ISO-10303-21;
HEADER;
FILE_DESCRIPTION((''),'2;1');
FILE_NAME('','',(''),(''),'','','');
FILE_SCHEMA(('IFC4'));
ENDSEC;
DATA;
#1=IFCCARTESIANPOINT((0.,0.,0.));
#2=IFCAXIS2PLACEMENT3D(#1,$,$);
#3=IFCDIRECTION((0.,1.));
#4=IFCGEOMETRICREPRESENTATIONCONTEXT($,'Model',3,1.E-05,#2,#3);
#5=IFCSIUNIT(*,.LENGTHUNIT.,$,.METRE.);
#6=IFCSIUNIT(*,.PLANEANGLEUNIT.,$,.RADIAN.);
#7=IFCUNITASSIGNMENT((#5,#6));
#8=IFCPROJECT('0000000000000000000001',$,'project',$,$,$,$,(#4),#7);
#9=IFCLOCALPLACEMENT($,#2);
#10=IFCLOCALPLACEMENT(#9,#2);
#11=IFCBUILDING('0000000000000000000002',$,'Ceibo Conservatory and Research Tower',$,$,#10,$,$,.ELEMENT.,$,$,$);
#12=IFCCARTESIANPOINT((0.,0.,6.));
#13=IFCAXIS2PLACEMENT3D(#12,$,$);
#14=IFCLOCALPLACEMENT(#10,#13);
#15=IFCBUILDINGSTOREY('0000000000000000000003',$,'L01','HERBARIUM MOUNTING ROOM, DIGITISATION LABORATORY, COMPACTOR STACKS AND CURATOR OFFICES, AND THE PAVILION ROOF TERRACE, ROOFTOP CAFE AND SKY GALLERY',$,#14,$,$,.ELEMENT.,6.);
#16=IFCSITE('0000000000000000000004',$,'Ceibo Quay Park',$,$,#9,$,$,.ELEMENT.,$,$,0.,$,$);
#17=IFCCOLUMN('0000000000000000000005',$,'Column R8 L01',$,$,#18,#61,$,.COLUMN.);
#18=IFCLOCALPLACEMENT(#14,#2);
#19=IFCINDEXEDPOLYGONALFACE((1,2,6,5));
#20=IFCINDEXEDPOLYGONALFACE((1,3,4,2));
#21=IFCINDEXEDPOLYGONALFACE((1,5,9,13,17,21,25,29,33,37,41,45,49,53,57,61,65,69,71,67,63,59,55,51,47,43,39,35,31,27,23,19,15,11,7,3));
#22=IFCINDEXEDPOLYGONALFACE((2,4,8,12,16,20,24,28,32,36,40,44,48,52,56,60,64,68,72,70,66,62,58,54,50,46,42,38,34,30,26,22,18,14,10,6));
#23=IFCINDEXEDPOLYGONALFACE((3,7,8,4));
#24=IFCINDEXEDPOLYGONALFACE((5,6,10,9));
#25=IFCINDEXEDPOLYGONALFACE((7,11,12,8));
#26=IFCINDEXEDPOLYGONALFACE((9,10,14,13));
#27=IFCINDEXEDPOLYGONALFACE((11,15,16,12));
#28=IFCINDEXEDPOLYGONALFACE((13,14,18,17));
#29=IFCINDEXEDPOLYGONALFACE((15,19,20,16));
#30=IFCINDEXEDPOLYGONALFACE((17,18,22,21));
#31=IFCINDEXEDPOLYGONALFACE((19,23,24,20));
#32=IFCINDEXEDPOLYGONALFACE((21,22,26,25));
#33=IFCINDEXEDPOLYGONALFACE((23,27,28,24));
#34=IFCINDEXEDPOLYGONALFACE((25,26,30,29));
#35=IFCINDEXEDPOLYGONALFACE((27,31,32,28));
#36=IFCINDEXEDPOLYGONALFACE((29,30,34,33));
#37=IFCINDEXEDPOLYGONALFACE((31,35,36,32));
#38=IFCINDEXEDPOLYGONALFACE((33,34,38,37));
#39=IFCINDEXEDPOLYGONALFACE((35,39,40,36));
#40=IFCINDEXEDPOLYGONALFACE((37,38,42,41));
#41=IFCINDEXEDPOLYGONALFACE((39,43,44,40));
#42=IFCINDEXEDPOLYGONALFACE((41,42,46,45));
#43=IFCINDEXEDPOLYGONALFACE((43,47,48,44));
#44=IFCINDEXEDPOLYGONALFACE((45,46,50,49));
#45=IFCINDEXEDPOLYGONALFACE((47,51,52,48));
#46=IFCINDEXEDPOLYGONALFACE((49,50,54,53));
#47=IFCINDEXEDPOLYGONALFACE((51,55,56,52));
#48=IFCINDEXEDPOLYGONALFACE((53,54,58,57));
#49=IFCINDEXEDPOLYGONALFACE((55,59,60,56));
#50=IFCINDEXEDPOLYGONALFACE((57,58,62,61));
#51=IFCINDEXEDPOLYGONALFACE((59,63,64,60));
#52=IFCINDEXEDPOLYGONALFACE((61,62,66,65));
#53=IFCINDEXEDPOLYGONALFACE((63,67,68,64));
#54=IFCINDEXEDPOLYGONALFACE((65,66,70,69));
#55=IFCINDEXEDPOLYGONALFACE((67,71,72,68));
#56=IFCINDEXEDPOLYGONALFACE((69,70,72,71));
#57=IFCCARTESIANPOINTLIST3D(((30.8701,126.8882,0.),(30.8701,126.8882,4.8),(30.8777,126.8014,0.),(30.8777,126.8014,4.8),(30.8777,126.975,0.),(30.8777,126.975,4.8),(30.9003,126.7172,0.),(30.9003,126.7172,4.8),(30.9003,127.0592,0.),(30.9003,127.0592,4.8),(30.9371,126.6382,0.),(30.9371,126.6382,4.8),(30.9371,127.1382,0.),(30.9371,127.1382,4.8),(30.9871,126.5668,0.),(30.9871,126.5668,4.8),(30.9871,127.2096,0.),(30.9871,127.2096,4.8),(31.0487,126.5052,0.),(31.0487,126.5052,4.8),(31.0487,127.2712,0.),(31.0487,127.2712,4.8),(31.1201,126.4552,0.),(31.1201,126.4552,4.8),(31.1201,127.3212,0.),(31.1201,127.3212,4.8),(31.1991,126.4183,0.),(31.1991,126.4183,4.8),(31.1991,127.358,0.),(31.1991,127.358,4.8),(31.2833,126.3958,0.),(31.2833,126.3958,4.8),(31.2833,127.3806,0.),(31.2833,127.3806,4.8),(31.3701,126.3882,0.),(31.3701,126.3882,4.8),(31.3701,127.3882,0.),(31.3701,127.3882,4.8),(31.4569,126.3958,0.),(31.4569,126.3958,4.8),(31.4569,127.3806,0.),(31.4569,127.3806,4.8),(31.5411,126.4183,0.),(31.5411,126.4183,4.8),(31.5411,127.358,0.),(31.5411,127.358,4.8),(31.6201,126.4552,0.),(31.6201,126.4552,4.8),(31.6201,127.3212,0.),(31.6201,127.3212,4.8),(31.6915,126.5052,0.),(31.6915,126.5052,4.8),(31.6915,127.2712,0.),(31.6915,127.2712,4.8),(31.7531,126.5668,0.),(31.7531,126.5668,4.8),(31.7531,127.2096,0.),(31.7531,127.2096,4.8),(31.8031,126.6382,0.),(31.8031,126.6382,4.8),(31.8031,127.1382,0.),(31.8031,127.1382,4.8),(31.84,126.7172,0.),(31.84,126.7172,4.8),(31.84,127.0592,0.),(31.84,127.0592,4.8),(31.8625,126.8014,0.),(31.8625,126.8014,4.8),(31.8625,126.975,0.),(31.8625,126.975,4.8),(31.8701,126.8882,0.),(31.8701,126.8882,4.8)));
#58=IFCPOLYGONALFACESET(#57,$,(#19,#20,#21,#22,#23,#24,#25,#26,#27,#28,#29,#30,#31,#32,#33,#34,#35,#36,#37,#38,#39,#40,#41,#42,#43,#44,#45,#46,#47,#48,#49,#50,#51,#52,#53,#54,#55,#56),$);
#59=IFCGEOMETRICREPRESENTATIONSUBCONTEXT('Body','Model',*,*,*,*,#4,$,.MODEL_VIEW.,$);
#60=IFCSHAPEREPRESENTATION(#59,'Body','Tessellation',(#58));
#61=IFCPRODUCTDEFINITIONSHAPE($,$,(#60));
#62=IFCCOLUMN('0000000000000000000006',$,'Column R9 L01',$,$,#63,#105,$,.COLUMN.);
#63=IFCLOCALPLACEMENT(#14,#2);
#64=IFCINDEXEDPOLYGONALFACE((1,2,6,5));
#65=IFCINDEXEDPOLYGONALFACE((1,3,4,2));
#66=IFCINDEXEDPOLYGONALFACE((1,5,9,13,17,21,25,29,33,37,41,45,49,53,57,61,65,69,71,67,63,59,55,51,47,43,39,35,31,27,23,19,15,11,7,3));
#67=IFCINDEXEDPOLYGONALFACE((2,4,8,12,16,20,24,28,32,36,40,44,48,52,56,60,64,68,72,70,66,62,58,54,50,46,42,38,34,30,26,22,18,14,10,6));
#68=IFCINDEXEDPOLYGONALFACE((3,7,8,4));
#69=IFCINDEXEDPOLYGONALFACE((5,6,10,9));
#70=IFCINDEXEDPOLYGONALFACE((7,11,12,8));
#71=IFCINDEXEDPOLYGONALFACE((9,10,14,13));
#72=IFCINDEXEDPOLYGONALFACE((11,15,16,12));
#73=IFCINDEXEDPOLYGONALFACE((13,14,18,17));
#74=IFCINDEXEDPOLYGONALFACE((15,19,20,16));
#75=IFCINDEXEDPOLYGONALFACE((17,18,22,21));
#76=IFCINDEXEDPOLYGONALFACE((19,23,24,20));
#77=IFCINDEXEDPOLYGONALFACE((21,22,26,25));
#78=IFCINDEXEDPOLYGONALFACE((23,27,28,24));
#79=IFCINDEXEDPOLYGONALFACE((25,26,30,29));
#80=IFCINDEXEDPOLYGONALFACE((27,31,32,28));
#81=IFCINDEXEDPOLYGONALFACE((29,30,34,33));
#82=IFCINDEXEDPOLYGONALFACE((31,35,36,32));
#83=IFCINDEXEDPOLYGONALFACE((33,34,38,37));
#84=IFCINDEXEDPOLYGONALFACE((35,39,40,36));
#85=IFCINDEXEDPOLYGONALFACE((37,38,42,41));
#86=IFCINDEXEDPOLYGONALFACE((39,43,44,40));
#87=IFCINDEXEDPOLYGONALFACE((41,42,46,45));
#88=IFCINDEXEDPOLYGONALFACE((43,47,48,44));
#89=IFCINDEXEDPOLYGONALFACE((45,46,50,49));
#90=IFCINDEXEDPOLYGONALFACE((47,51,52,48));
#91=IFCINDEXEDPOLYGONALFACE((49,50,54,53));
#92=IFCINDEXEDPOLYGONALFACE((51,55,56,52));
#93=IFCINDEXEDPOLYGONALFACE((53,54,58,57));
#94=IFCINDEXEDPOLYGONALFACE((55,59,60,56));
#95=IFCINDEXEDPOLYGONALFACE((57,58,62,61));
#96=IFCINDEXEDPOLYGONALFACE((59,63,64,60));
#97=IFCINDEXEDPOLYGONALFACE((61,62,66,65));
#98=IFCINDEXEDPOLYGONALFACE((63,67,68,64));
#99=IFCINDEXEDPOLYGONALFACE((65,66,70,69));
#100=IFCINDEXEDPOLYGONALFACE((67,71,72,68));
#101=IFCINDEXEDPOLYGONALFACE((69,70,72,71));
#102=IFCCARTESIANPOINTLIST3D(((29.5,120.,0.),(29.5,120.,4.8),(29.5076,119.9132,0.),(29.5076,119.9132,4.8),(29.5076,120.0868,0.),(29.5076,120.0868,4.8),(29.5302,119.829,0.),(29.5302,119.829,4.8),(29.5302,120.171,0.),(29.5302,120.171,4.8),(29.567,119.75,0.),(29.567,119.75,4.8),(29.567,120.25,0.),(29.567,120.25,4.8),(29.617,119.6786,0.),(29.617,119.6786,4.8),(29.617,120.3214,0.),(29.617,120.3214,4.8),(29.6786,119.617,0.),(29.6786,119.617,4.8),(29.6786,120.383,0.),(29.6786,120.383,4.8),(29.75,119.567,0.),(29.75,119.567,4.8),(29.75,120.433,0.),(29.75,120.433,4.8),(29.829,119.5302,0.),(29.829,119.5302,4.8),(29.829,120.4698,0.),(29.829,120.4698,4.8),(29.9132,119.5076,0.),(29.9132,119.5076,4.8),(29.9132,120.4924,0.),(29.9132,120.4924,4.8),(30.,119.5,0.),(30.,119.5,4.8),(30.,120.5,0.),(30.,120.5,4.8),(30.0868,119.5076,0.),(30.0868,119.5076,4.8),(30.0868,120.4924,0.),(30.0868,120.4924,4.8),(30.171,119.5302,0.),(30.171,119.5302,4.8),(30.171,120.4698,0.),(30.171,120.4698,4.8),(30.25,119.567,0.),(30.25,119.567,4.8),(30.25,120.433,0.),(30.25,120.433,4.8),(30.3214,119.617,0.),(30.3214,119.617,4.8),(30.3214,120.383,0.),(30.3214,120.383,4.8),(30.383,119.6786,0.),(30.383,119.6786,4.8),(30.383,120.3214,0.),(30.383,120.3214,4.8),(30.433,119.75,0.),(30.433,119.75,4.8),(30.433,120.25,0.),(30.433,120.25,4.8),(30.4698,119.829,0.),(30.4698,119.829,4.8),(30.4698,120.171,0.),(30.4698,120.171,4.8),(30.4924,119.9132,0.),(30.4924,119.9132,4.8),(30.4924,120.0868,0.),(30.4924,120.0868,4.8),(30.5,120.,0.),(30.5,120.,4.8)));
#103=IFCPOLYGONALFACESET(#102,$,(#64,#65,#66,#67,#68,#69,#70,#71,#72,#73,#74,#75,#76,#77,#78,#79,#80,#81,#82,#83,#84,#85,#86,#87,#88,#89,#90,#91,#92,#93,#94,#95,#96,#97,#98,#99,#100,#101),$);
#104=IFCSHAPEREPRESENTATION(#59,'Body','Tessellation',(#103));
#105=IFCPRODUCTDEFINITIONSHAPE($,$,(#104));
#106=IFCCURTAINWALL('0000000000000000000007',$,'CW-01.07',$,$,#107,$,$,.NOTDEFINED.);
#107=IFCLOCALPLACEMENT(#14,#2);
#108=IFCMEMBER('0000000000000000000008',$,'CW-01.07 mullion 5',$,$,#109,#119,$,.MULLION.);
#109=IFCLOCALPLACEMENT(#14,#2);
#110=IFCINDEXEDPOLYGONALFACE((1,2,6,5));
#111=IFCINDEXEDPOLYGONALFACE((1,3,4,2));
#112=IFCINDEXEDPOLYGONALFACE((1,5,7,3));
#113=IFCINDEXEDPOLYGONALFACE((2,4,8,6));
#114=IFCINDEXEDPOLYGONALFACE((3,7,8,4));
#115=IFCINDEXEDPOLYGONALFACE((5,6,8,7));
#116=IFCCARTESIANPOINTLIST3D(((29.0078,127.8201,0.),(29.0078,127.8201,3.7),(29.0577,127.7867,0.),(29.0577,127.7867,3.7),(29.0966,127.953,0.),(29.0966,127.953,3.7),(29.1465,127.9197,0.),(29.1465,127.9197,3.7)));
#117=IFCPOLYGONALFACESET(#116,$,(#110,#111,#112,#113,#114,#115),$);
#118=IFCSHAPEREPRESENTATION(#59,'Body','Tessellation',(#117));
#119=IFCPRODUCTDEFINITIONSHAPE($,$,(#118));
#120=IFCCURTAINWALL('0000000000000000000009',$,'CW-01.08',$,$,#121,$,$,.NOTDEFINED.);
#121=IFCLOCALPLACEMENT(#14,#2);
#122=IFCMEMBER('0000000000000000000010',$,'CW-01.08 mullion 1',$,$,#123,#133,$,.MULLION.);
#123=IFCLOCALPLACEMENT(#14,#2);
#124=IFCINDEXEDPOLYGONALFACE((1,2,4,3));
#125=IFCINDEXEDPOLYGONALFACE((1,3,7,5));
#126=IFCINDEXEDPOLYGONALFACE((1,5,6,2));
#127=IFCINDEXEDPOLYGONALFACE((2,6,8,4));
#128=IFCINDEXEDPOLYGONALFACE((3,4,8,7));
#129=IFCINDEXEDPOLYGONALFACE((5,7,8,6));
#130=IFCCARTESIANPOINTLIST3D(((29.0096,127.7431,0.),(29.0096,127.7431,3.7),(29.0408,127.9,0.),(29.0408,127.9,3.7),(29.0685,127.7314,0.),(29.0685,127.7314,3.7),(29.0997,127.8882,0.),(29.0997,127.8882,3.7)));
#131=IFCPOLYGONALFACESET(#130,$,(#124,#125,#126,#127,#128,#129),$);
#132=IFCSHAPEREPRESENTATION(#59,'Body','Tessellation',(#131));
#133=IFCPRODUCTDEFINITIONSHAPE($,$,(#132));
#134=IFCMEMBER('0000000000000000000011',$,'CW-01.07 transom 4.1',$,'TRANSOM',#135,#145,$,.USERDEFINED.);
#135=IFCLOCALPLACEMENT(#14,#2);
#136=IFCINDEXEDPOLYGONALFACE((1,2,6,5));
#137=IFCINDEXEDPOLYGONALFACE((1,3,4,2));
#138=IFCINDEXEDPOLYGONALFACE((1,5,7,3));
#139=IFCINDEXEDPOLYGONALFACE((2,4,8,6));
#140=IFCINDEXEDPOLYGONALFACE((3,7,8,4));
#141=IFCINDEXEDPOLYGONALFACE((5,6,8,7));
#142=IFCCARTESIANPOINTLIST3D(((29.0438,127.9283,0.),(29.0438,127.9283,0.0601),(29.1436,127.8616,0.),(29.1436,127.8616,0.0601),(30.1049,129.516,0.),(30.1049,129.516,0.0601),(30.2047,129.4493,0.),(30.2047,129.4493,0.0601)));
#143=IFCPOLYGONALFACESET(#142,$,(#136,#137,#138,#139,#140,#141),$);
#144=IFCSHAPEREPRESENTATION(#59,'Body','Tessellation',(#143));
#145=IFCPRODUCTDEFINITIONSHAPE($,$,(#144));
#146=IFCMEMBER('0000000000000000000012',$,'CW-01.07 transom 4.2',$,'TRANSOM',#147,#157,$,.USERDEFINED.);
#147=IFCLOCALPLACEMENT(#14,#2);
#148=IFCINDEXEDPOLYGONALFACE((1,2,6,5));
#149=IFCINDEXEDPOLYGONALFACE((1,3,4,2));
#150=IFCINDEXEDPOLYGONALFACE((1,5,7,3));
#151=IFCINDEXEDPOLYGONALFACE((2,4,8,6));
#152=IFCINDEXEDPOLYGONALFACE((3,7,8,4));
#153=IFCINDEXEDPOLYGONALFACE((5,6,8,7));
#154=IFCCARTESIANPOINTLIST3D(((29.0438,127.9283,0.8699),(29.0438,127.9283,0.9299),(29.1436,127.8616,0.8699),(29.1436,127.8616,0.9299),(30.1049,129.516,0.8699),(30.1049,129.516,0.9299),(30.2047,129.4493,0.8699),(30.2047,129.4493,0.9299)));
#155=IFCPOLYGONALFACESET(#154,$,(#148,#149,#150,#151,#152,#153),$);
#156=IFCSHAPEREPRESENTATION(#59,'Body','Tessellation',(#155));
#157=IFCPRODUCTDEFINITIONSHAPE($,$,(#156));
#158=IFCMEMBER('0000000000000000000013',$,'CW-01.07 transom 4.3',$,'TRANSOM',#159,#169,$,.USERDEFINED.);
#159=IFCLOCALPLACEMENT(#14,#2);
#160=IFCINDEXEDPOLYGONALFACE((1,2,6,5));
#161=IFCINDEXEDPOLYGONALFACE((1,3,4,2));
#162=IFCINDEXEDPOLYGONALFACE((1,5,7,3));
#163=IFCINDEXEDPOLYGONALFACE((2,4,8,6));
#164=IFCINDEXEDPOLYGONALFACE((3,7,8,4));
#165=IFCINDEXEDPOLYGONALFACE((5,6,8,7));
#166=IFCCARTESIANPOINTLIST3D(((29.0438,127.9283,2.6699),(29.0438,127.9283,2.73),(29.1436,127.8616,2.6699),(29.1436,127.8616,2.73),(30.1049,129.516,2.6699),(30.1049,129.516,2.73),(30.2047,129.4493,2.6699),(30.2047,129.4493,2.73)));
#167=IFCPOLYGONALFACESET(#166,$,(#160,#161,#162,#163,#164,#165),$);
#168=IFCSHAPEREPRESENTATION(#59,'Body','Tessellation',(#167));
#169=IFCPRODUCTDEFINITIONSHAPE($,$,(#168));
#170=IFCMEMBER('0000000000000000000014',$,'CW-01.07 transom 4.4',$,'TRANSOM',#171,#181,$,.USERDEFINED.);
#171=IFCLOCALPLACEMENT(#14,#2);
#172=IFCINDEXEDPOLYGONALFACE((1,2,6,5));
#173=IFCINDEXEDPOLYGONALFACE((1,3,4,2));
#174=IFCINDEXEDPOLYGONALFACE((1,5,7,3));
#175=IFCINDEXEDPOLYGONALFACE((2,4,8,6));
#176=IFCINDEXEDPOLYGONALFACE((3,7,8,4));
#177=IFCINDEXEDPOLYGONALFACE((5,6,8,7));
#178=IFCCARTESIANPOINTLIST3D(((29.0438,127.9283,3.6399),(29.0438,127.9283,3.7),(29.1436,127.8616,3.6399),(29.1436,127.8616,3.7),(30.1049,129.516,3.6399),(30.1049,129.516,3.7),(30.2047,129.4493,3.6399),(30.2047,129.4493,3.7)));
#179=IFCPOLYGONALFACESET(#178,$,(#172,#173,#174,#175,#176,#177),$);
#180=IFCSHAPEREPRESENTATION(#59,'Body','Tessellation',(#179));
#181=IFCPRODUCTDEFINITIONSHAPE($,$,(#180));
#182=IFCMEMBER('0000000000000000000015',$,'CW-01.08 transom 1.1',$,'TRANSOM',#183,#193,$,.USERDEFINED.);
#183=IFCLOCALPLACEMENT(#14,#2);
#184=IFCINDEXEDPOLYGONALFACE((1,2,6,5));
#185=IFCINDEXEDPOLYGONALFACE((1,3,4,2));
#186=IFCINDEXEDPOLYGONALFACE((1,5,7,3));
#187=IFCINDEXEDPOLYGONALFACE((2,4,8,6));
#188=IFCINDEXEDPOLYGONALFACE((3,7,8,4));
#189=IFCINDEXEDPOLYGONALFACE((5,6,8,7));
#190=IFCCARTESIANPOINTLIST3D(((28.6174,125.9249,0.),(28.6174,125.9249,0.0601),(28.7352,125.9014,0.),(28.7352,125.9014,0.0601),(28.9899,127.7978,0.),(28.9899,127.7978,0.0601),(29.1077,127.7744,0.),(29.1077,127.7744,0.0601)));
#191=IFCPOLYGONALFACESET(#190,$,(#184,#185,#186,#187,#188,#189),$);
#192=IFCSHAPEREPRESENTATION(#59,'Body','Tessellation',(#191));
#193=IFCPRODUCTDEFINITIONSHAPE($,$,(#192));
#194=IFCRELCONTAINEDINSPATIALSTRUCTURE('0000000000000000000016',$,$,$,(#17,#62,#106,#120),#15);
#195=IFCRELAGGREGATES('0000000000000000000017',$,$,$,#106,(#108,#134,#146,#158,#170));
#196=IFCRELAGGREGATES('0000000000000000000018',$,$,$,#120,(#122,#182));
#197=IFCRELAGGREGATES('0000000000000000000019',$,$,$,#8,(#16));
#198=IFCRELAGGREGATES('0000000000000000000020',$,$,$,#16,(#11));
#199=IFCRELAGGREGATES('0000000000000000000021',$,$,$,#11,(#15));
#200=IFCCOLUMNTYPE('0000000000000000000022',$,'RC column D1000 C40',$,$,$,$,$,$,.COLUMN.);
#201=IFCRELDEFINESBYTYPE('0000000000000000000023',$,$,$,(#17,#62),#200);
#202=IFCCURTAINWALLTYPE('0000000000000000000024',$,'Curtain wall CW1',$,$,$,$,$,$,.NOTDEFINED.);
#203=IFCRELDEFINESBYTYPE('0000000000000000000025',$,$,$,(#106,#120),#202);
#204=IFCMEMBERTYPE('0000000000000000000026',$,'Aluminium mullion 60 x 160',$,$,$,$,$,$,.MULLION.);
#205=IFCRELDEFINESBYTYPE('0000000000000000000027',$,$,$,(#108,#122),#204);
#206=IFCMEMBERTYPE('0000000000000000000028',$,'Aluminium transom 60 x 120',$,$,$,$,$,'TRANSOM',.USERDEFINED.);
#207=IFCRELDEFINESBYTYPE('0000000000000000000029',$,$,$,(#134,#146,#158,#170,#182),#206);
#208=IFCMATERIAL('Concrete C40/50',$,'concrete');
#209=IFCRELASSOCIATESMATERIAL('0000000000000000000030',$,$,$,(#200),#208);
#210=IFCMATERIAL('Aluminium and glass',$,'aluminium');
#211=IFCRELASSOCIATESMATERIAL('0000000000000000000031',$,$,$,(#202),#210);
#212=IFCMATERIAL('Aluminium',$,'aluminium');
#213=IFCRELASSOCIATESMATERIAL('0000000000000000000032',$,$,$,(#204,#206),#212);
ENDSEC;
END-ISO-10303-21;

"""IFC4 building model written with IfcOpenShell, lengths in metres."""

from ifc_helpers import new_model, si_unit, direction, frame, origin, origin_2d, place, context, subcontext, project, spatial, rectangle, circle, extrude, material, material_profile, profile_set, type_object, element, aggregate, save


model = new_model("IFC4")

# Units and contexts
model_context = context("Model", 3, precision=1e-05, world=origin(), true_north=direction((0.0, 1.0)))
body_context = subcontext(model_context, "Body", "Model", "MODEL_VIEW")
ifc_project = project(units=[si_unit("LENGTHUNIT", "METRE"), si_unit("PLANEANGLEUNIT", "RADIAN")], contexts=[model_context])

# Site, building, storey
site_placement = place(None, origin())
site = spatial("IfcSite", under=ifc_project, at=site_placement, Name="Ceibo Quay Park", CompositionType="ELEMENT", RefElevation=0.0)
building_placement = place(site_placement, origin())
building = spatial("IfcBuilding", under=site, at=building_placement, Name="Ceibo Conservatory and Research Tower", CompositionType="ELEMENT")
storey_placement = place(building_placement, frame((0.0, 0.0, 6.0)))
storey = spatial("IfcBuildingStorey", under=building, at=storey_placement, Name="L01", Description="HERBARIUM MOUNTING ROOM, DIGITISATION LABORATORY, COMPACTOR STACKS AND CURATOR OFFICES, AND THE PAVILION ROOF TERRACE, ROOFTOP CAFE AND SKY GALLERY", CompositionType="ELEMENT", Elevation=6.0)

# Columns
ifc_material_1 = material(Name="Concrete C40/50", Category="concrete")
ifc_material_profile_1 = material_profile(ifc_material_1, circle(Radius=0.5, at=origin_2d()), Name="RC D1000")
ifc_profile_set_1 = profile_set([ifc_material_profile_1], Name="Concrete C40/50")
column_type = type_object("IfcColumnType", Name="RC column D1000 C40", PredefinedType="COLUMN", material=ifc_profile_set_1)
for number, where, z_axis, x_axis, name in (
    (1, (31.3701, 126.8882, 0.0), (0.0, 0.0, 1.0), (1.0, 0.0, 0.0), "Column R8 L01"),
    (2, (30.0, 120.0, 0.0), (0.0, 0.0, 1.0), (1.0, 0.0, 0.0), "Column R9 L01"),
):
    element("IfcColumn", number, at=place(storey_placement, frame(where, z_axis=z_axis, x_axis=x_axis)), inside=storey, type_object=column_type, Name=name, PredefinedType="COLUMN", context=body_context, shape_type="SweptSolid", body=[
        extrude(circle(Radius=0.5, at=origin_2d()), origin(), (0.0, 0.0, 1.0), 4.8),
    ])

# Curtain walls, members
ifc_material_2 = material(Name="Aluminium and glass", Category="aluminium")
curtain_wall_type = type_object("IfcCurtainWallType", Name="Curtain wall CW1", PredefinedType="NOTDEFINED", material=ifc_material_2)
curtain_wall_1_placement = place(storey_placement, origin())
curtain_wall_1 = element("IfcCurtainWall", 3, at=curtain_wall_1_placement, inside=storey, type_object=curtain_wall_type, Name="CW-01.07", PredefinedType="NOTDEFINED")
ifc_material_3 = material(Name="Aluminium", Category="aluminium")
ifc_material_profile_2 = material_profile(ifc_material_3, rectangle(XDim=0.0601, YDim=0.1599, at=origin_2d()), Name="Aluminium 60 x 160")
ifc_profile_set_2 = profile_set([ifc_material_profile_2], Name="Aluminium")
member_type_1 = type_object("IfcMemberType", Name="Aluminium mullion 60 x 160", PredefinedType="MULLION", material=ifc_profile_set_2)
member_1_placement = place(storey_placement, frame((29.0771, 127.8699, 0.0), z_axis=(0.0, 0.0, 1.0), x_axis=(0.83147, -0.55557, 0.0)))
member_1 = element("IfcMember", 4, at=member_1_placement, type_object=member_type_1, Name="CW-01.07 mullion 5", PredefinedType="MULLION", context=body_context, shape_type="SweptSolid", body=[
    extrude(rectangle(XDim=0.0601, YDim=0.1599, at=origin_2d()), origin(), (0.0, 0.0, 1.0), 3.7),
])
curtain_wall_2_placement = place(storey_placement, origin())
curtain_wall_2 = element("IfcCurtainWall", 5, at=curtain_wall_2_placement, inside=storey, type_object=curtain_wall_type, Name="CW-01.08", PredefinedType="NOTDEFINED")
member_2_placement = place(storey_placement, frame((29.0547, 127.8157, 0.0), z_axis=(0.0, 0.0, 1.0), x_axis=(0.980785, -0.19509, 0.0)))
member_2 = element("IfcMember", 6, at=member_2_placement, type_object=member_type_1, Name="CW-01.08 mullion 1", PredefinedType="MULLION", context=body_context, shape_type="SweptSolid", body=[
    extrude(rectangle(XDim=0.0601, YDim=0.1599, at=origin_2d()), origin(), (0.0, 0.0, 1.0), 3.7),
])

# Members
ifc_material_profile_3 = material_profile(ifc_material_3, rectangle(XDim=0.1201, YDim=0.0601, at=origin_2d()), Name="Aluminium 60 x 120")
ifc_profile_set_3 = profile_set([ifc_material_profile_3], Name="Aluminium")
member_type_2 = type_object("IfcMemberType", Name="Aluminium transom 60 x 120", ElementType="TRANSOM", PredefinedType="USERDEFINED", material=ifc_profile_set_3)
member_3_placement = place(storey_placement, frame((30.1548, 129.4827, 0.03), z_axis=(-0.555644, -0.83142, 0.0), x_axis=(0.83142, -0.555644, 0.0)))
member_3 = element("IfcMember", 7, at=member_3_placement, type_object=member_type_2, Name="CW-01.07 transom 4.1", ObjectType="TRANSOM", PredefinedType="USERDEFINED", context=body_context, shape_type="SweptSolid", body=[
    extrude(rectangle(XDim=0.1201, YDim=0.0601, at=origin_2d()), origin(), (0.0, 0.0, 1.0), 1.9097),
])
member_4_placement = place(storey_placement, frame((30.1548, 129.4827, 0.8999), z_axis=(-0.555644, -0.83142, 0.0), x_axis=(0.83142, -0.555644, 0.0)))
member_4 = element("IfcMember", 8, at=member_4_placement, type_object=member_type_2, Name="CW-01.07 transom 4.2", ObjectType="TRANSOM", PredefinedType="USERDEFINED", context=body_context, shape_type="SweptSolid", body=[
    extrude(rectangle(XDim=0.1201, YDim=0.0601, at=origin_2d()), origin(), (0.0, 0.0, 1.0), 1.9097),
])
member_5_placement = place(storey_placement, frame((30.1548, 129.4827, 2.7), z_axis=(-0.555644, -0.83142, 0.0), x_axis=(0.83142, -0.555644, 0.0)))
member_5 = element("IfcMember", 9, at=member_5_placement, type_object=member_type_2, Name="CW-01.07 transom 4.3", ObjectType="TRANSOM", PredefinedType="USERDEFINED", context=body_context, shape_type="SweptSolid", body=[
    extrude(rectangle(XDim=0.1201, YDim=0.0601, at=origin_2d()), origin(), (0.0, 0.0, 1.0), 1.9097),
])
member_6_placement = place(storey_placement, frame((30.1548, 129.4827, 3.6699), z_axis=(-0.555644, -0.83142, 0.0), x_axis=(0.83142, -0.555644, 0.0)))
member_6 = element("IfcMember", 10, at=member_6_placement, type_object=member_type_2, Name="CW-01.07 transom 4.4", ObjectType="TRANSOM", PredefinedType="USERDEFINED", context=body_context, shape_type="SweptSolid", body=[
    extrude(rectangle(XDim=0.1201, YDim=0.0601, at=origin_2d()), origin(), (0.0, 0.0, 1.0), 1.9097),
])
member_7_placement = place(storey_placement, frame((29.0488, 127.7861, 0.03), z_axis=(-0.195083, -0.980787, 0.0), x_axis=(0.980787, -0.195083, 0.0)))
member_7 = element("IfcMember", 11, at=member_7_placement, type_object=member_type_2, Name="CW-01.08 transom 1.1", ObjectType="TRANSOM", PredefinedType="USERDEFINED", context=body_context, shape_type="SweptSolid", body=[
    extrude(rectangle(XDim=0.1201, YDim=0.0601, at=origin_2d()), origin(), (0.0, 0.0, 1.0), 1.9097),
])

aggregate(curtain_wall_1, [member_1, member_3, member_4, member_5, member_6])
aggregate(curtain_wall_2, [member_2, member_7])

save(model, "model.ifc")
